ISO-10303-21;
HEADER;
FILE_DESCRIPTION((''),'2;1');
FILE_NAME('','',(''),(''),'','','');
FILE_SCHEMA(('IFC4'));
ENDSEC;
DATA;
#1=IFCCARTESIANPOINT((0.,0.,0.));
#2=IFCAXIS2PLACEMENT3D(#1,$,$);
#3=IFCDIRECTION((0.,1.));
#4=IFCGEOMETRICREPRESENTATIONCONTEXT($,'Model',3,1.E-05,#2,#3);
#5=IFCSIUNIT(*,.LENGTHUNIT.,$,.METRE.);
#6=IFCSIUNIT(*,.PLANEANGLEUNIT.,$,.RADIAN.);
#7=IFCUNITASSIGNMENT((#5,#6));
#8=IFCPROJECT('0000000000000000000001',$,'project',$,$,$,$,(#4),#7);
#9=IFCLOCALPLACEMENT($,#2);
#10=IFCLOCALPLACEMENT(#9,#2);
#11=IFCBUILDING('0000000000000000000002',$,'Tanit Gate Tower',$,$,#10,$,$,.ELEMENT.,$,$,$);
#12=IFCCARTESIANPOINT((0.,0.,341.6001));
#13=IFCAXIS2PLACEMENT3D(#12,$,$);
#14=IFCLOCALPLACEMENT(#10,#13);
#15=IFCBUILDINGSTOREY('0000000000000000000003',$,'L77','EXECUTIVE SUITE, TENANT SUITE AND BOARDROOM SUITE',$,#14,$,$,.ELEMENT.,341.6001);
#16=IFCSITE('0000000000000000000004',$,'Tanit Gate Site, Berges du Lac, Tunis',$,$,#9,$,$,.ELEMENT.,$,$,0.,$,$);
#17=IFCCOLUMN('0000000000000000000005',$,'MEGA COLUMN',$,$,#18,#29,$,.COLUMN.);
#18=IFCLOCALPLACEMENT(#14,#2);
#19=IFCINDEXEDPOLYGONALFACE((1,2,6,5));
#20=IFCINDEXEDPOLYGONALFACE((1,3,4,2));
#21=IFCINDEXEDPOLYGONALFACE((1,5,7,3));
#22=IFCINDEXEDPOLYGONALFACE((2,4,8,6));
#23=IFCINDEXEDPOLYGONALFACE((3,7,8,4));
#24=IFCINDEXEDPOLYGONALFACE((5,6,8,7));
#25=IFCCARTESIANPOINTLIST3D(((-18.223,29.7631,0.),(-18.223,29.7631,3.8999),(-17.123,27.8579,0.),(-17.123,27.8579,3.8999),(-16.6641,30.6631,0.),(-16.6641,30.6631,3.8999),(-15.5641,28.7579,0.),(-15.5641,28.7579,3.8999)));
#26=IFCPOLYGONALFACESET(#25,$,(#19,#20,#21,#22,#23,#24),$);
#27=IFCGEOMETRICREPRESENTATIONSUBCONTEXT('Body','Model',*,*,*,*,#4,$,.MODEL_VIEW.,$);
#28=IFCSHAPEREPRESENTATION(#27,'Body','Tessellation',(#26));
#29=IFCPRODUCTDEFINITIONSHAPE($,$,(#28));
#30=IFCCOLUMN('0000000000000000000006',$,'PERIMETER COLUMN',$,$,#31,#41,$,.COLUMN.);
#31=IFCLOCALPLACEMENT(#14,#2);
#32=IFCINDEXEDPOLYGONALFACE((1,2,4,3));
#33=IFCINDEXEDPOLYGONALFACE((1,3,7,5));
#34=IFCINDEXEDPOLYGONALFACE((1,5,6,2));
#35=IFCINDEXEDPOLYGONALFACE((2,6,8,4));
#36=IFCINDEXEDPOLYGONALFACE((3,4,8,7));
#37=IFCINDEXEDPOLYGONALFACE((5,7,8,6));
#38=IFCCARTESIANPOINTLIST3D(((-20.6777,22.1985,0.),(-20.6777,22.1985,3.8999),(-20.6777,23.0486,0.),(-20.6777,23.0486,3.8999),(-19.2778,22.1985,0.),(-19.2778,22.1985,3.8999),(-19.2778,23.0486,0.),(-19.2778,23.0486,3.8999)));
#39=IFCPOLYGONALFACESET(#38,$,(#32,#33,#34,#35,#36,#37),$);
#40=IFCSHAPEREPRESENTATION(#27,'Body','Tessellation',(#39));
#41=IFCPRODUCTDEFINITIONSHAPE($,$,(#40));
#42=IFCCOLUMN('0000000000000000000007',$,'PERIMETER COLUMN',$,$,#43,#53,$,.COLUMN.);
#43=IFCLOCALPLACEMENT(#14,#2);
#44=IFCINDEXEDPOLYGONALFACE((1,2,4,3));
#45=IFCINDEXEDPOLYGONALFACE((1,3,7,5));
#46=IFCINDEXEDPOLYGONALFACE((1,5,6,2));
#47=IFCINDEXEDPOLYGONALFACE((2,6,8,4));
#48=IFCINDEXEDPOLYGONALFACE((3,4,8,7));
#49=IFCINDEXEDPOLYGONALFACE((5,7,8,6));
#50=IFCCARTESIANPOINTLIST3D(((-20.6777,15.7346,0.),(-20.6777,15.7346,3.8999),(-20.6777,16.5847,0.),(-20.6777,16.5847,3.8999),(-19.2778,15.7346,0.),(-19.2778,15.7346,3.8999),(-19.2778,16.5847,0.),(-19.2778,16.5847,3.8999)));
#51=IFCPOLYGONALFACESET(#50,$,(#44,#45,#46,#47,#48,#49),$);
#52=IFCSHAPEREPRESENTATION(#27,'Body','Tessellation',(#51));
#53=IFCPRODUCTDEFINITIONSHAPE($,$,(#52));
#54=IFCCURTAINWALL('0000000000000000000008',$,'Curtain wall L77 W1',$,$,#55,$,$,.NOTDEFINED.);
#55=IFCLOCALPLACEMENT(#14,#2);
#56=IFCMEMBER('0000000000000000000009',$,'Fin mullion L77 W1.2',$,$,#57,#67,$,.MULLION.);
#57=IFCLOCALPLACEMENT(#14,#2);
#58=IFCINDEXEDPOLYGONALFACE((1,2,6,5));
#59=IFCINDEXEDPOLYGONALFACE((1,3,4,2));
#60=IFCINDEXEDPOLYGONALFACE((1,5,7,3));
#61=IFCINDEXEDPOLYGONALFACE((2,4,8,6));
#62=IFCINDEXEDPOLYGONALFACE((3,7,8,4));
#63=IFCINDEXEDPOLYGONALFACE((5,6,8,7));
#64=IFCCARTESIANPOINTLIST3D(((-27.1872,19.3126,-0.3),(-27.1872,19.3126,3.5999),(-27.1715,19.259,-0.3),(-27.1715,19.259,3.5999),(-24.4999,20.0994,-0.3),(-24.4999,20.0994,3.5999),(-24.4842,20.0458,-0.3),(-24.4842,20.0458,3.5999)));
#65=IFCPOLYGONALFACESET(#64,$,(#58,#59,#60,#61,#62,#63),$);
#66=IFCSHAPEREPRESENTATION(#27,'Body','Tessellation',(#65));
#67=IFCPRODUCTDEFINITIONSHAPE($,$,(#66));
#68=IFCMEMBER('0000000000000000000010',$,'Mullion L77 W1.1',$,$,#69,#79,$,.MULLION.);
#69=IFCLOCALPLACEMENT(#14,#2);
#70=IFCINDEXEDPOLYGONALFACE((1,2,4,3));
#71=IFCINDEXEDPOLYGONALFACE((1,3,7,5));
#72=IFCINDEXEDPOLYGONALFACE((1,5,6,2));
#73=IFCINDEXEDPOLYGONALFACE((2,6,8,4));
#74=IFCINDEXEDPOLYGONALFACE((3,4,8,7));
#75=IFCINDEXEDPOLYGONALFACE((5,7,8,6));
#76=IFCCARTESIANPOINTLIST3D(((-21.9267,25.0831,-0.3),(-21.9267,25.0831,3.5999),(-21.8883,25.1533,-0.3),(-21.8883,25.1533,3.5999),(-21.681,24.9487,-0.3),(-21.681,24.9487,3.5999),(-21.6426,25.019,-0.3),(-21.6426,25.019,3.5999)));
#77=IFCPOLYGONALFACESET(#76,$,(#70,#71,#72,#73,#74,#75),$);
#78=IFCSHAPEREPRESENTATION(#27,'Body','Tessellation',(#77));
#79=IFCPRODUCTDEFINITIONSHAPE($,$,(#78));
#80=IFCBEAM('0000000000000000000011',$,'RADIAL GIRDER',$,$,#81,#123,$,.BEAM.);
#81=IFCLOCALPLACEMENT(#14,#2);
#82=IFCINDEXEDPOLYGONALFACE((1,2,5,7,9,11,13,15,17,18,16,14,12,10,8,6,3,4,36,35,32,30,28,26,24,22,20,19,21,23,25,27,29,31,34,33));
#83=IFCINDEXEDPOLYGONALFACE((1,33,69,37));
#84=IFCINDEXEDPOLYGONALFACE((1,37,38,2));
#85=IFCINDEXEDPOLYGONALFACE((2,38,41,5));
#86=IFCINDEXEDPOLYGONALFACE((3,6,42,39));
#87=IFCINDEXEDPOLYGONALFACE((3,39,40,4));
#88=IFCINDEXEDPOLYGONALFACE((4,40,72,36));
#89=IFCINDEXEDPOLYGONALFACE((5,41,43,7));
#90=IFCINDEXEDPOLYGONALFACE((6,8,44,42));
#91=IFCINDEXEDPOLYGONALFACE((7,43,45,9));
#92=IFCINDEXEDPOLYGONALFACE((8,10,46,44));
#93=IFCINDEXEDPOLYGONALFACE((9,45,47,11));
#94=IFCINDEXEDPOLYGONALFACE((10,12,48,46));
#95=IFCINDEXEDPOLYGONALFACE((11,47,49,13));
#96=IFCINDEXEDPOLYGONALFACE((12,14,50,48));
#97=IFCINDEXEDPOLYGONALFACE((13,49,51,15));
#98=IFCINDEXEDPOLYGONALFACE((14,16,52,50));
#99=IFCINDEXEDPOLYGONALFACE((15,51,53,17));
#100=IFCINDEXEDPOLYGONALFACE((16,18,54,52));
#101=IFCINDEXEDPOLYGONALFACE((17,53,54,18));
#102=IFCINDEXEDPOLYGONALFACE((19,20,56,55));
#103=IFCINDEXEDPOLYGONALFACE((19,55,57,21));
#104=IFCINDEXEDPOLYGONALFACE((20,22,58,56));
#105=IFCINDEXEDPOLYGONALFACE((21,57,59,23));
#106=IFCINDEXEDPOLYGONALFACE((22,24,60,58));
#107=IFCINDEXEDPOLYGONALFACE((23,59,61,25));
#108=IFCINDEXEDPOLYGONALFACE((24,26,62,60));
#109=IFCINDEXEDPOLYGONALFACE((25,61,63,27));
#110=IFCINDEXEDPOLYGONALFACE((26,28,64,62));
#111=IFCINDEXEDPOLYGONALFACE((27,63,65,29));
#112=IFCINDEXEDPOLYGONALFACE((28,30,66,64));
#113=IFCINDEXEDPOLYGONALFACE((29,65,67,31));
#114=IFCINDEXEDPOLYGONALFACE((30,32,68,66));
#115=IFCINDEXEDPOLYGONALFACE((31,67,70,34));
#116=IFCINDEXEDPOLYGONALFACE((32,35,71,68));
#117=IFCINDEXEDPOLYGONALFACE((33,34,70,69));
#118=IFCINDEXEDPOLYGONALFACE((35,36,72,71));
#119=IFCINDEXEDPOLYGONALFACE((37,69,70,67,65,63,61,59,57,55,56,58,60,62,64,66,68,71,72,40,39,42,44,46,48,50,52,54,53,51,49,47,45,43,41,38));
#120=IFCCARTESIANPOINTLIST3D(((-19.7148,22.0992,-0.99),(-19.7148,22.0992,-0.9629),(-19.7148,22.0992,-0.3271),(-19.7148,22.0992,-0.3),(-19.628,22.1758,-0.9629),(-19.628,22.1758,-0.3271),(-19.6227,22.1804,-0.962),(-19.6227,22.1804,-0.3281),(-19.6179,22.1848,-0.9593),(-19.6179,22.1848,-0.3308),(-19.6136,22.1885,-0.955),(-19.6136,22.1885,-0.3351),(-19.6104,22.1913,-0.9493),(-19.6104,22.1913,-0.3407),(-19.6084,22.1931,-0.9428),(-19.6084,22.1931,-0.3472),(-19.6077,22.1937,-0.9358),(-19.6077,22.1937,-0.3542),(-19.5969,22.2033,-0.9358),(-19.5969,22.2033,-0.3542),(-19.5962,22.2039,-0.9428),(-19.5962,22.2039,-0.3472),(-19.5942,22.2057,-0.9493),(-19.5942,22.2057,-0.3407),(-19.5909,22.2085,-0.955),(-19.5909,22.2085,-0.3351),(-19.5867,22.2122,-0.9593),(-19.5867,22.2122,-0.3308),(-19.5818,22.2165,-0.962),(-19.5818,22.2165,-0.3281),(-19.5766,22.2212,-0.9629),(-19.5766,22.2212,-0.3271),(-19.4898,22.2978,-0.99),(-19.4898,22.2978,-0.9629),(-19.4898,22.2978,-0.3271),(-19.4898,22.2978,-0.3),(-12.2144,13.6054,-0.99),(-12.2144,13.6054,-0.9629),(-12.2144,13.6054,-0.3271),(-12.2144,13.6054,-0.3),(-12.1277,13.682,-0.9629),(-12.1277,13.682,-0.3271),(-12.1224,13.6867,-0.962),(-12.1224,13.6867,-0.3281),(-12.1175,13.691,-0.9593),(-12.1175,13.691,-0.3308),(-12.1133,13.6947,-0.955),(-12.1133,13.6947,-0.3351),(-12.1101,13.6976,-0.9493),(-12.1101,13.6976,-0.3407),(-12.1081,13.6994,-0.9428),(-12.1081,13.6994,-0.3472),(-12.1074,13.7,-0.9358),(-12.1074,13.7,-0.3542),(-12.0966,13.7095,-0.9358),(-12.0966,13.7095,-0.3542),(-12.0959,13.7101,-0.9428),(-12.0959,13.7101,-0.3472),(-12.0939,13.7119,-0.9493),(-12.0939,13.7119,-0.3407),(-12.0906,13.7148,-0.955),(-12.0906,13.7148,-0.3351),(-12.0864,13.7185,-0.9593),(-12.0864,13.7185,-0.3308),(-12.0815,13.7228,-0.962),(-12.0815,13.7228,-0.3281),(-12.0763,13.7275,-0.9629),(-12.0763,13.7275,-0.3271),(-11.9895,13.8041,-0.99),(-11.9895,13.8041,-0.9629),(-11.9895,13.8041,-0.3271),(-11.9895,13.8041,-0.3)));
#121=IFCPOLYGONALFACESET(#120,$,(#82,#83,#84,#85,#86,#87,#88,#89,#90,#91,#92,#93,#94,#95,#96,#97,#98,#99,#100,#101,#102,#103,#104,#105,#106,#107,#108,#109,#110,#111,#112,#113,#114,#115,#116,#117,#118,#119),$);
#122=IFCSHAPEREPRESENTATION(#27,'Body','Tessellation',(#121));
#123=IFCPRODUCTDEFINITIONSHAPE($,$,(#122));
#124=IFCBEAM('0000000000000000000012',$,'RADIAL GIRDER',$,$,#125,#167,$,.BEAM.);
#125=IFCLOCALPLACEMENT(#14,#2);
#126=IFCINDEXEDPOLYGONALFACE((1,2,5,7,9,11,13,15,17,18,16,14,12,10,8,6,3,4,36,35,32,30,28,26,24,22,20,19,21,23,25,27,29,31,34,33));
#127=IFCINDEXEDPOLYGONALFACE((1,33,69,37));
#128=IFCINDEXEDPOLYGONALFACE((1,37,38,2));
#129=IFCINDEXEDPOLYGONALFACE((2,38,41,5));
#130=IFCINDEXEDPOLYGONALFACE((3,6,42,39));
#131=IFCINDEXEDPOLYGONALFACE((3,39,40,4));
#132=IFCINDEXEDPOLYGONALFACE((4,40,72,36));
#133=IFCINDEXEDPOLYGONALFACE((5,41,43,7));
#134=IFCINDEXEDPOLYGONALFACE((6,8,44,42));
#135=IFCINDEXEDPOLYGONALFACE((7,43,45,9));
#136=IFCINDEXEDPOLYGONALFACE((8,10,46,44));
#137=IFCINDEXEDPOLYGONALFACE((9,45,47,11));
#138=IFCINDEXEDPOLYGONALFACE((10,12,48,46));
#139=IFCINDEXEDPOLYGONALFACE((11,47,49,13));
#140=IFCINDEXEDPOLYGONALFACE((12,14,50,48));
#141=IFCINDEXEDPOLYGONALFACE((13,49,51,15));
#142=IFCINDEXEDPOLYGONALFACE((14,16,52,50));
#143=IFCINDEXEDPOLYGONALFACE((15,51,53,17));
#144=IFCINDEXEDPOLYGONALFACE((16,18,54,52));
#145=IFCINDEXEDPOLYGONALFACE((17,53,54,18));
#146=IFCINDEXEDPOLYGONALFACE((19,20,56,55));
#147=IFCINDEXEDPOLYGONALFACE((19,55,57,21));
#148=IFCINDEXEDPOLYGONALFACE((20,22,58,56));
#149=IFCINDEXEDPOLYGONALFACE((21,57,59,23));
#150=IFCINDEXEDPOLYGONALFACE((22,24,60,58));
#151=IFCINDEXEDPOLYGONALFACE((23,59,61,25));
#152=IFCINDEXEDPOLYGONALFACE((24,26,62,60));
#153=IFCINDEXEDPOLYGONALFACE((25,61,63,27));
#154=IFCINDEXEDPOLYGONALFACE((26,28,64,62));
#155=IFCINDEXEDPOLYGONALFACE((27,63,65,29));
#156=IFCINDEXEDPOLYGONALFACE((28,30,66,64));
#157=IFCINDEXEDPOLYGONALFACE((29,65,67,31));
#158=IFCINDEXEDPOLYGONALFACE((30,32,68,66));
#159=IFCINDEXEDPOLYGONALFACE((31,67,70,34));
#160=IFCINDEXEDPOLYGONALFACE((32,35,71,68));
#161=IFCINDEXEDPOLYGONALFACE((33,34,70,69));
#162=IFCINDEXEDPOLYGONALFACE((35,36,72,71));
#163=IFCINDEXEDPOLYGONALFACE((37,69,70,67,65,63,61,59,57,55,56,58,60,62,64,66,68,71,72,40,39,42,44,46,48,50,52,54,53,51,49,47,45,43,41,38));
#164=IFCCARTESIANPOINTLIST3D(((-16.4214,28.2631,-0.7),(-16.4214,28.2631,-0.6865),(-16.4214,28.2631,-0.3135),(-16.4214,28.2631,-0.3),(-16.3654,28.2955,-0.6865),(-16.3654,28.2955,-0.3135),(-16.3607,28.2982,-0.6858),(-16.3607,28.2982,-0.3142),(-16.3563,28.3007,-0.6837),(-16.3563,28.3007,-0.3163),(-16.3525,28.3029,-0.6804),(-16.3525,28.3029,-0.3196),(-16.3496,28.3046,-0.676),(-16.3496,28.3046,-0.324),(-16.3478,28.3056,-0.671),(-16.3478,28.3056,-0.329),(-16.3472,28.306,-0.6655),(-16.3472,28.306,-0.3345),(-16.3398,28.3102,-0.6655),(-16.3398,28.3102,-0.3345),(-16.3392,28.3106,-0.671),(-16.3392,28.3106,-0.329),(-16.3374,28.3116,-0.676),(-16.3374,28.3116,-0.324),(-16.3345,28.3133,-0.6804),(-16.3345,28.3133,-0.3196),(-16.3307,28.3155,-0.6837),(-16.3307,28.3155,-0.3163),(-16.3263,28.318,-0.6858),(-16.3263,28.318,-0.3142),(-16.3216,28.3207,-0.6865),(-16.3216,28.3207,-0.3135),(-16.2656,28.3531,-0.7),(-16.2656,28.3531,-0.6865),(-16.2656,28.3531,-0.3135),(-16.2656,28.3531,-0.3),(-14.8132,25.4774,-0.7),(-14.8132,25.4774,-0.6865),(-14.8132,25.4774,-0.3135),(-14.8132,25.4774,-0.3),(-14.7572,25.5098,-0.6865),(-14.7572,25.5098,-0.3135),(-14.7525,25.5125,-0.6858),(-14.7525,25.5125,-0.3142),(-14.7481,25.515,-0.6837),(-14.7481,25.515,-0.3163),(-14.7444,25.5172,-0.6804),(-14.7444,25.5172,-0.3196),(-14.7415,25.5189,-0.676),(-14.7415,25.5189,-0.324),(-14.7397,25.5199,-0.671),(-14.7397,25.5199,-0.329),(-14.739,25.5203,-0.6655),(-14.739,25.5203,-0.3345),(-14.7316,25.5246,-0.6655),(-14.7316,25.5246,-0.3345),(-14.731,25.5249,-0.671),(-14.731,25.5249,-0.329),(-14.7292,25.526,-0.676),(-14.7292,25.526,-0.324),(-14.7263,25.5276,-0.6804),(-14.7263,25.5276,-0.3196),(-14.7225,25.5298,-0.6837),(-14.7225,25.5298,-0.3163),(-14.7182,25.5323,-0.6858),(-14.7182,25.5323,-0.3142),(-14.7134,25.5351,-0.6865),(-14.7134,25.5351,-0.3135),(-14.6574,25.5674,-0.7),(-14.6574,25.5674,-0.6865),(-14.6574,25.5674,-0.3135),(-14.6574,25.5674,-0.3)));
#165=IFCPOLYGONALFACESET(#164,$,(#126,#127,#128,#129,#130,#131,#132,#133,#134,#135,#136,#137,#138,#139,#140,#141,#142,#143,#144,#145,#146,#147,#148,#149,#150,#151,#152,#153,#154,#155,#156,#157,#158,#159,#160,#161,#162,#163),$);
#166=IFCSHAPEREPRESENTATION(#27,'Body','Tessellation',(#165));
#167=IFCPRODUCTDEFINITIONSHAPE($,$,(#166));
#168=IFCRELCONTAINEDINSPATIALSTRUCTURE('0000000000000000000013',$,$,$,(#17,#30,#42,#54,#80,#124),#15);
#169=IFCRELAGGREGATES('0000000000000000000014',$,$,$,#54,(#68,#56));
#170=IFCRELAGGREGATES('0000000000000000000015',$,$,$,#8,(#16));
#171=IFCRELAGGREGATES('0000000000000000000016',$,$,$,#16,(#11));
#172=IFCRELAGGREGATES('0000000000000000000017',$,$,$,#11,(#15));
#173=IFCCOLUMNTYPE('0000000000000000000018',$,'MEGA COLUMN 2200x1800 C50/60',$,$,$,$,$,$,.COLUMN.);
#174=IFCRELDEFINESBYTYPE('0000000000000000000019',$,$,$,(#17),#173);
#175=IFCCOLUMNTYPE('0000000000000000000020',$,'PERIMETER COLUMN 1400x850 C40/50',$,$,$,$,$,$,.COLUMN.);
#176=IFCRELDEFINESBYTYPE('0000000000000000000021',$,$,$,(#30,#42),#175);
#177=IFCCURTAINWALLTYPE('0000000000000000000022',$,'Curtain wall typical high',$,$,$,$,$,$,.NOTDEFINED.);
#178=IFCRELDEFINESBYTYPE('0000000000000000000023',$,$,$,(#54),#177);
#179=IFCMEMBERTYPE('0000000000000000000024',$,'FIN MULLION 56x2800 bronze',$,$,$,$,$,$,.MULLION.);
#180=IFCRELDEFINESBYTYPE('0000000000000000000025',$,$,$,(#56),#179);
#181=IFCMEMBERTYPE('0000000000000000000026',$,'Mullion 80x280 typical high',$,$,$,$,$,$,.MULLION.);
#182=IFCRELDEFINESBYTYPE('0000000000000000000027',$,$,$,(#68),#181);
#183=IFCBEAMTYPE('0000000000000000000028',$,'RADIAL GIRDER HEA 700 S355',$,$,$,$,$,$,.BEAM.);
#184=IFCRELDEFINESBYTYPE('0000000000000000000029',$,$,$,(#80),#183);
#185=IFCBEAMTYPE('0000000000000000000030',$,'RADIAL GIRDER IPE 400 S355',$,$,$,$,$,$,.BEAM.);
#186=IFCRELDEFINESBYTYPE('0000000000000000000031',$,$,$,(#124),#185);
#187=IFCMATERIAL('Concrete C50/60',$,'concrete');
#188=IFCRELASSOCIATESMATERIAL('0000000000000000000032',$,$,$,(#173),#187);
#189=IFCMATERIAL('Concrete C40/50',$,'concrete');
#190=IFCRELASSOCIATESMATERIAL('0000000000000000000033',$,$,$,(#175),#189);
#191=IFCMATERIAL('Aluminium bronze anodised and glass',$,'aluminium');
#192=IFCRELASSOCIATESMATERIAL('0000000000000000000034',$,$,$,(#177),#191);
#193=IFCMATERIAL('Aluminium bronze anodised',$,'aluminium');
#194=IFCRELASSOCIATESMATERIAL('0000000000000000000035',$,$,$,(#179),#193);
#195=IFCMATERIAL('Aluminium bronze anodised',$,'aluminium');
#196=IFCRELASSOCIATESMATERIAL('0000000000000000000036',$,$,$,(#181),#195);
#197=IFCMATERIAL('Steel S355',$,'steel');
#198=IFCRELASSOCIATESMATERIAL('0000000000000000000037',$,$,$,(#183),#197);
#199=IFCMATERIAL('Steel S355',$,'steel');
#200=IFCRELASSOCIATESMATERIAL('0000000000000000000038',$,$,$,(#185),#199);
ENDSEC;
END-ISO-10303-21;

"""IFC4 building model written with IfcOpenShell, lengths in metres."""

from ifc_helpers import new_model, si_unit, direction, frame, origin, origin_2d, place, context, subcontext, project, spatial, rectangle, i_section, extrude, material, material_profile, profile_set, type_object, element, aggregate, save


model = new_model("IFC4")

# Units and contexts
model_context = context("Model", 3, precision=1e-05, world=origin(), true_north=direction((0.0, 1.0)))
body_context = subcontext(model_context, "Body", "Model", "MODEL_VIEW")
ifc_project = project(units=[si_unit("LENGTHUNIT", "METRE"), si_unit("PLANEANGLEUNIT", "RADIAN")], contexts=[model_context])

# Site, building, storey
site_placement = place(None, origin())
site = spatial("IfcSite", under=ifc_project, at=site_placement, Name="Tanit Gate Site, Berges du Lac, Tunis", CompositionType="ELEMENT", RefElevation=0.0)
building_placement = place(site_placement, origin())
building = spatial("IfcBuilding", under=site, at=building_placement, Name="Tanit Gate Tower", CompositionType="ELEMENT")
storey_placement = place(building_placement, frame((0.0, 0.0, 341.6001)))
storey = spatial("IfcBuildingStorey", under=building, at=storey_placement, Name="L77", Description="EXECUTIVE SUITE, TENANT SUITE AND BOARDROOM SUITE", CompositionType="ELEMENT", Elevation=341.6001)

# Columns
ifc_material_1 = material(Name="Concrete C50/60", Category="concrete")
ifc_material_profile_1 = material_profile(ifc_material_1, rectangle(XDim=2.2, YDim=1.8, at=origin_2d()), Name="RC 2200x1800")
ifc_profile_set_1 = profile_set([ifc_material_profile_1], Name="Concrete C50/60")
column_type_1 = type_object("IfcColumnType", Name="MEGA COLUMN 2200x1800 C50/60", PredefinedType="COLUMN", material=ifc_profile_set_1)
column_placement = place(storey_placement, frame((-16.8936, 29.2605, 0.0), z_axis=(0.0, 0.0, 1.0), x_axis=(-0.5, 0.866025, 0.0)))
element("IfcColumn", 1, at=column_placement, inside=storey, type_object=column_type_1, Name="MEGA COLUMN", PredefinedType="COLUMN", context=body_context, shape_type="SweptSolid", body=[
    extrude(rectangle(XDim=2.2, YDim=1.8, at=origin_2d()), origin(), (0.0, 0.0, 1.0), 3.8999),
])
ifc_material_2 = material(Name="Concrete C40/50", Category="concrete")
ifc_material_profile_2 = material_profile(ifc_material_2, rectangle(XDim=1.3999, YDim=0.8501, at=origin_2d()), Name="RC 1400x850")
ifc_profile_set_2 = profile_set([ifc_material_profile_2], Name="Concrete C40/50")
column_type_2 = type_object("IfcColumnType", Name="PERIMETER COLUMN 1400x850 C40/50", PredefinedType="COLUMN", material=ifc_profile_set_2)
for number, where, z_axis, x_axis, name in (
    (2, (-19.9778, 22.6235, 0.0), (0.0, 0.0, 1.0), (-1.0, 0.0, 0.0), "PERIMETER COLUMN"),
    (3, (-19.9778, 16.1597, 0.0), (0.0, 0.0, 1.0), (-1.0, 0.0, 0.0), "PERIMETER COLUMN"),
):
    element("IfcColumn", number, at=place(storey_placement, frame(where, z_axis=z_axis, x_axis=x_axis)), inside=storey, type_object=column_type_2, Name=name, PredefinedType="COLUMN", context=body_context, shape_type="SweptSolid", body=[
        extrude(rectangle(XDim=1.3999, YDim=0.8501, at=origin_2d()), origin(), (0.0, 0.0, 1.0), 3.8999),
    ])

# Curtain wall, members
ifc_material_3 = material(Name="Aluminium bronze anodised and glass", Category="aluminium")
curtain_wall_type = type_object("IfcCurtainWallType", Name="Curtain wall typical high", PredefinedType="NOTDEFINED", material=ifc_material_3)
curtain_wall_placement = place(storey_placement, origin())
curtain_wall = element("IfcCurtainWall", 4, at=curtain_wall_placement, inside=storey, type_object=curtain_wall_type, Name="Curtain wall L77 W1", PredefinedType="NOTDEFINED")
ifc_material_4 = material(Name="Aluminium bronze anodised", Category="aluminium")
ifc_material_profile_3 = material_profile(ifc_material_4, rectangle(XDim=2.8, YDim=0.0559, at=origin_2d()), Name="56x2800 bronze fin mullion")
ifc_profile_set_3 = profile_set([ifc_material_profile_3], Name="Aluminium bronze anodised")
member_type_1 = type_object("IfcMemberType", Name="FIN MULLION 56x2800 bronze", PredefinedType="MULLION", material=ifc_profile_set_3)
member_1_placement = place(storey_placement, frame((-25.8357, 19.6792, -0.3), z_axis=(0.0, 0.0, 1.0), x_axis=(0.959706, 0.281005, 0.0)))
member_1 = element("IfcMember", 5, at=member_1_placement, type_object=member_type_1, Name="Fin mullion L77 W1.2", PredefinedType="MULLION", context=body_context, shape_type="SweptSolid", body=[
    extrude(rectangle(XDim=2.8, YDim=0.0559, at=origin_2d()), origin(), (0.0, 0.0, 1.0), 3.8999),
])
ifc_material_5 = material(Name="Aluminium bronze anodised", Category="aluminium")
ifc_material_profile_4 = material_profile(ifc_material_5, rectangle(XDim=0.28, YDim=0.0801, at=origin_2d()), Name="80x280 bronze mullion")
ifc_profile_set_4 = profile_set([ifc_material_profile_4], Name="Aluminium bronze anodised")
member_type_2 = type_object("IfcMemberType", Name="Mullion 80x280 typical high", PredefinedType="MULLION", material=ifc_profile_set_4)
member_2_placement = place(storey_placement, frame((-21.7847, 25.051, -0.3), z_axis=(0.0, 0.0, 1.0), x_axis=(0.877315, -0.479914, 0.0)))
member_2 = element("IfcMember", 6, at=member_2_placement, type_object=member_type_2, Name="Mullion L77 W1.1", PredefinedType="MULLION", context=body_context, shape_type="SweptSolid", body=[
    extrude(rectangle(XDim=0.28, YDim=0.0801, at=origin_2d()), origin(), (0.0, 0.0, 1.0), 3.8999),
])

# Beams
ifc_material_6 = material(Name="Steel S355", Category="steel")
ifc_material_profile_5 = material_profile(ifc_material_6, i_section(OverallWidth=0.3, OverallDepth=0.6899, WebThickness=0.0144, FlangeThickness=0.0271, FilletRadius=0.0271, at=origin_2d()), Name="HEA 700")
ifc_profile_set_5 = profile_set([ifc_material_profile_5], Name="Steel S355")
beam_type_1 = type_object("IfcBeamType", Name="RADIAL GIRDER HEA 700 S355", PredefinedType="BEAM", material=ifc_profile_set_5)
beam_1_placement = place(storey_placement, frame((-19.6023, 22.1985, -0.645), z_axis=(0.661912, -0.749582, 0.0), x_axis=(0.749582, 0.661912, 0.0)))
element("IfcBeam", 7, at=beam_1_placement, inside=storey, type_object=beam_type_1, Name="RADIAL GIRDER", PredefinedType="BEAM", context=body_context, shape_type="SweptSolid", body=[
    extrude(i_section(OverallWidth=0.3, OverallDepth=0.6899, WebThickness=0.0144, FlangeThickness=0.0271, FilletRadius=0.0271, at=origin_2d()), origin(), (0.0, 0.0, 1.0), 11.3313),
])
ifc_material_7 = material(Name="Steel S355", Category="steel")
ifc_material_profile_6 = material_profile(ifc_material_7, i_section(OverallWidth=0.1799, OverallDepth=0.3999, WebThickness=0.0085, FlangeThickness=0.0134, FilletRadius=0.021, at=origin_2d()), Name="IPE 400")
ifc_profile_set_6 = profile_set([ifc_material_profile_6], Name="Steel S355")
beam_type_2 = type_object("IfcBeamType", Name="RADIAL GIRDER IPE 400 S355", PredefinedType="BEAM", material=ifc_profile_set_6)
beam_2_placement = place(storey_placement, frame((-16.3435, 28.3081, -0.5), z_axis=(0.499968, -0.866044, 0.0), x_axis=(0.866044, 0.499968, 0.0)))
element("IfcBeam", 8, at=beam_2_placement, inside=storey, type_object=beam_type_2, Name="RADIAL GIRDER", PredefinedType="BEAM", context=body_context, shape_type="SweptSolid", body=[
    extrude(i_section(OverallWidth=0.1799, OverallDepth=0.3999, WebThickness=0.0085, FlangeThickness=0.0134, FilletRadius=0.021, at=origin_2d()), origin(), (0.0, 0.0, 1.0), 3.2166),
])

aggregate(curtain_wall, [member_2, member_1])

save(model, "model.ifc")
